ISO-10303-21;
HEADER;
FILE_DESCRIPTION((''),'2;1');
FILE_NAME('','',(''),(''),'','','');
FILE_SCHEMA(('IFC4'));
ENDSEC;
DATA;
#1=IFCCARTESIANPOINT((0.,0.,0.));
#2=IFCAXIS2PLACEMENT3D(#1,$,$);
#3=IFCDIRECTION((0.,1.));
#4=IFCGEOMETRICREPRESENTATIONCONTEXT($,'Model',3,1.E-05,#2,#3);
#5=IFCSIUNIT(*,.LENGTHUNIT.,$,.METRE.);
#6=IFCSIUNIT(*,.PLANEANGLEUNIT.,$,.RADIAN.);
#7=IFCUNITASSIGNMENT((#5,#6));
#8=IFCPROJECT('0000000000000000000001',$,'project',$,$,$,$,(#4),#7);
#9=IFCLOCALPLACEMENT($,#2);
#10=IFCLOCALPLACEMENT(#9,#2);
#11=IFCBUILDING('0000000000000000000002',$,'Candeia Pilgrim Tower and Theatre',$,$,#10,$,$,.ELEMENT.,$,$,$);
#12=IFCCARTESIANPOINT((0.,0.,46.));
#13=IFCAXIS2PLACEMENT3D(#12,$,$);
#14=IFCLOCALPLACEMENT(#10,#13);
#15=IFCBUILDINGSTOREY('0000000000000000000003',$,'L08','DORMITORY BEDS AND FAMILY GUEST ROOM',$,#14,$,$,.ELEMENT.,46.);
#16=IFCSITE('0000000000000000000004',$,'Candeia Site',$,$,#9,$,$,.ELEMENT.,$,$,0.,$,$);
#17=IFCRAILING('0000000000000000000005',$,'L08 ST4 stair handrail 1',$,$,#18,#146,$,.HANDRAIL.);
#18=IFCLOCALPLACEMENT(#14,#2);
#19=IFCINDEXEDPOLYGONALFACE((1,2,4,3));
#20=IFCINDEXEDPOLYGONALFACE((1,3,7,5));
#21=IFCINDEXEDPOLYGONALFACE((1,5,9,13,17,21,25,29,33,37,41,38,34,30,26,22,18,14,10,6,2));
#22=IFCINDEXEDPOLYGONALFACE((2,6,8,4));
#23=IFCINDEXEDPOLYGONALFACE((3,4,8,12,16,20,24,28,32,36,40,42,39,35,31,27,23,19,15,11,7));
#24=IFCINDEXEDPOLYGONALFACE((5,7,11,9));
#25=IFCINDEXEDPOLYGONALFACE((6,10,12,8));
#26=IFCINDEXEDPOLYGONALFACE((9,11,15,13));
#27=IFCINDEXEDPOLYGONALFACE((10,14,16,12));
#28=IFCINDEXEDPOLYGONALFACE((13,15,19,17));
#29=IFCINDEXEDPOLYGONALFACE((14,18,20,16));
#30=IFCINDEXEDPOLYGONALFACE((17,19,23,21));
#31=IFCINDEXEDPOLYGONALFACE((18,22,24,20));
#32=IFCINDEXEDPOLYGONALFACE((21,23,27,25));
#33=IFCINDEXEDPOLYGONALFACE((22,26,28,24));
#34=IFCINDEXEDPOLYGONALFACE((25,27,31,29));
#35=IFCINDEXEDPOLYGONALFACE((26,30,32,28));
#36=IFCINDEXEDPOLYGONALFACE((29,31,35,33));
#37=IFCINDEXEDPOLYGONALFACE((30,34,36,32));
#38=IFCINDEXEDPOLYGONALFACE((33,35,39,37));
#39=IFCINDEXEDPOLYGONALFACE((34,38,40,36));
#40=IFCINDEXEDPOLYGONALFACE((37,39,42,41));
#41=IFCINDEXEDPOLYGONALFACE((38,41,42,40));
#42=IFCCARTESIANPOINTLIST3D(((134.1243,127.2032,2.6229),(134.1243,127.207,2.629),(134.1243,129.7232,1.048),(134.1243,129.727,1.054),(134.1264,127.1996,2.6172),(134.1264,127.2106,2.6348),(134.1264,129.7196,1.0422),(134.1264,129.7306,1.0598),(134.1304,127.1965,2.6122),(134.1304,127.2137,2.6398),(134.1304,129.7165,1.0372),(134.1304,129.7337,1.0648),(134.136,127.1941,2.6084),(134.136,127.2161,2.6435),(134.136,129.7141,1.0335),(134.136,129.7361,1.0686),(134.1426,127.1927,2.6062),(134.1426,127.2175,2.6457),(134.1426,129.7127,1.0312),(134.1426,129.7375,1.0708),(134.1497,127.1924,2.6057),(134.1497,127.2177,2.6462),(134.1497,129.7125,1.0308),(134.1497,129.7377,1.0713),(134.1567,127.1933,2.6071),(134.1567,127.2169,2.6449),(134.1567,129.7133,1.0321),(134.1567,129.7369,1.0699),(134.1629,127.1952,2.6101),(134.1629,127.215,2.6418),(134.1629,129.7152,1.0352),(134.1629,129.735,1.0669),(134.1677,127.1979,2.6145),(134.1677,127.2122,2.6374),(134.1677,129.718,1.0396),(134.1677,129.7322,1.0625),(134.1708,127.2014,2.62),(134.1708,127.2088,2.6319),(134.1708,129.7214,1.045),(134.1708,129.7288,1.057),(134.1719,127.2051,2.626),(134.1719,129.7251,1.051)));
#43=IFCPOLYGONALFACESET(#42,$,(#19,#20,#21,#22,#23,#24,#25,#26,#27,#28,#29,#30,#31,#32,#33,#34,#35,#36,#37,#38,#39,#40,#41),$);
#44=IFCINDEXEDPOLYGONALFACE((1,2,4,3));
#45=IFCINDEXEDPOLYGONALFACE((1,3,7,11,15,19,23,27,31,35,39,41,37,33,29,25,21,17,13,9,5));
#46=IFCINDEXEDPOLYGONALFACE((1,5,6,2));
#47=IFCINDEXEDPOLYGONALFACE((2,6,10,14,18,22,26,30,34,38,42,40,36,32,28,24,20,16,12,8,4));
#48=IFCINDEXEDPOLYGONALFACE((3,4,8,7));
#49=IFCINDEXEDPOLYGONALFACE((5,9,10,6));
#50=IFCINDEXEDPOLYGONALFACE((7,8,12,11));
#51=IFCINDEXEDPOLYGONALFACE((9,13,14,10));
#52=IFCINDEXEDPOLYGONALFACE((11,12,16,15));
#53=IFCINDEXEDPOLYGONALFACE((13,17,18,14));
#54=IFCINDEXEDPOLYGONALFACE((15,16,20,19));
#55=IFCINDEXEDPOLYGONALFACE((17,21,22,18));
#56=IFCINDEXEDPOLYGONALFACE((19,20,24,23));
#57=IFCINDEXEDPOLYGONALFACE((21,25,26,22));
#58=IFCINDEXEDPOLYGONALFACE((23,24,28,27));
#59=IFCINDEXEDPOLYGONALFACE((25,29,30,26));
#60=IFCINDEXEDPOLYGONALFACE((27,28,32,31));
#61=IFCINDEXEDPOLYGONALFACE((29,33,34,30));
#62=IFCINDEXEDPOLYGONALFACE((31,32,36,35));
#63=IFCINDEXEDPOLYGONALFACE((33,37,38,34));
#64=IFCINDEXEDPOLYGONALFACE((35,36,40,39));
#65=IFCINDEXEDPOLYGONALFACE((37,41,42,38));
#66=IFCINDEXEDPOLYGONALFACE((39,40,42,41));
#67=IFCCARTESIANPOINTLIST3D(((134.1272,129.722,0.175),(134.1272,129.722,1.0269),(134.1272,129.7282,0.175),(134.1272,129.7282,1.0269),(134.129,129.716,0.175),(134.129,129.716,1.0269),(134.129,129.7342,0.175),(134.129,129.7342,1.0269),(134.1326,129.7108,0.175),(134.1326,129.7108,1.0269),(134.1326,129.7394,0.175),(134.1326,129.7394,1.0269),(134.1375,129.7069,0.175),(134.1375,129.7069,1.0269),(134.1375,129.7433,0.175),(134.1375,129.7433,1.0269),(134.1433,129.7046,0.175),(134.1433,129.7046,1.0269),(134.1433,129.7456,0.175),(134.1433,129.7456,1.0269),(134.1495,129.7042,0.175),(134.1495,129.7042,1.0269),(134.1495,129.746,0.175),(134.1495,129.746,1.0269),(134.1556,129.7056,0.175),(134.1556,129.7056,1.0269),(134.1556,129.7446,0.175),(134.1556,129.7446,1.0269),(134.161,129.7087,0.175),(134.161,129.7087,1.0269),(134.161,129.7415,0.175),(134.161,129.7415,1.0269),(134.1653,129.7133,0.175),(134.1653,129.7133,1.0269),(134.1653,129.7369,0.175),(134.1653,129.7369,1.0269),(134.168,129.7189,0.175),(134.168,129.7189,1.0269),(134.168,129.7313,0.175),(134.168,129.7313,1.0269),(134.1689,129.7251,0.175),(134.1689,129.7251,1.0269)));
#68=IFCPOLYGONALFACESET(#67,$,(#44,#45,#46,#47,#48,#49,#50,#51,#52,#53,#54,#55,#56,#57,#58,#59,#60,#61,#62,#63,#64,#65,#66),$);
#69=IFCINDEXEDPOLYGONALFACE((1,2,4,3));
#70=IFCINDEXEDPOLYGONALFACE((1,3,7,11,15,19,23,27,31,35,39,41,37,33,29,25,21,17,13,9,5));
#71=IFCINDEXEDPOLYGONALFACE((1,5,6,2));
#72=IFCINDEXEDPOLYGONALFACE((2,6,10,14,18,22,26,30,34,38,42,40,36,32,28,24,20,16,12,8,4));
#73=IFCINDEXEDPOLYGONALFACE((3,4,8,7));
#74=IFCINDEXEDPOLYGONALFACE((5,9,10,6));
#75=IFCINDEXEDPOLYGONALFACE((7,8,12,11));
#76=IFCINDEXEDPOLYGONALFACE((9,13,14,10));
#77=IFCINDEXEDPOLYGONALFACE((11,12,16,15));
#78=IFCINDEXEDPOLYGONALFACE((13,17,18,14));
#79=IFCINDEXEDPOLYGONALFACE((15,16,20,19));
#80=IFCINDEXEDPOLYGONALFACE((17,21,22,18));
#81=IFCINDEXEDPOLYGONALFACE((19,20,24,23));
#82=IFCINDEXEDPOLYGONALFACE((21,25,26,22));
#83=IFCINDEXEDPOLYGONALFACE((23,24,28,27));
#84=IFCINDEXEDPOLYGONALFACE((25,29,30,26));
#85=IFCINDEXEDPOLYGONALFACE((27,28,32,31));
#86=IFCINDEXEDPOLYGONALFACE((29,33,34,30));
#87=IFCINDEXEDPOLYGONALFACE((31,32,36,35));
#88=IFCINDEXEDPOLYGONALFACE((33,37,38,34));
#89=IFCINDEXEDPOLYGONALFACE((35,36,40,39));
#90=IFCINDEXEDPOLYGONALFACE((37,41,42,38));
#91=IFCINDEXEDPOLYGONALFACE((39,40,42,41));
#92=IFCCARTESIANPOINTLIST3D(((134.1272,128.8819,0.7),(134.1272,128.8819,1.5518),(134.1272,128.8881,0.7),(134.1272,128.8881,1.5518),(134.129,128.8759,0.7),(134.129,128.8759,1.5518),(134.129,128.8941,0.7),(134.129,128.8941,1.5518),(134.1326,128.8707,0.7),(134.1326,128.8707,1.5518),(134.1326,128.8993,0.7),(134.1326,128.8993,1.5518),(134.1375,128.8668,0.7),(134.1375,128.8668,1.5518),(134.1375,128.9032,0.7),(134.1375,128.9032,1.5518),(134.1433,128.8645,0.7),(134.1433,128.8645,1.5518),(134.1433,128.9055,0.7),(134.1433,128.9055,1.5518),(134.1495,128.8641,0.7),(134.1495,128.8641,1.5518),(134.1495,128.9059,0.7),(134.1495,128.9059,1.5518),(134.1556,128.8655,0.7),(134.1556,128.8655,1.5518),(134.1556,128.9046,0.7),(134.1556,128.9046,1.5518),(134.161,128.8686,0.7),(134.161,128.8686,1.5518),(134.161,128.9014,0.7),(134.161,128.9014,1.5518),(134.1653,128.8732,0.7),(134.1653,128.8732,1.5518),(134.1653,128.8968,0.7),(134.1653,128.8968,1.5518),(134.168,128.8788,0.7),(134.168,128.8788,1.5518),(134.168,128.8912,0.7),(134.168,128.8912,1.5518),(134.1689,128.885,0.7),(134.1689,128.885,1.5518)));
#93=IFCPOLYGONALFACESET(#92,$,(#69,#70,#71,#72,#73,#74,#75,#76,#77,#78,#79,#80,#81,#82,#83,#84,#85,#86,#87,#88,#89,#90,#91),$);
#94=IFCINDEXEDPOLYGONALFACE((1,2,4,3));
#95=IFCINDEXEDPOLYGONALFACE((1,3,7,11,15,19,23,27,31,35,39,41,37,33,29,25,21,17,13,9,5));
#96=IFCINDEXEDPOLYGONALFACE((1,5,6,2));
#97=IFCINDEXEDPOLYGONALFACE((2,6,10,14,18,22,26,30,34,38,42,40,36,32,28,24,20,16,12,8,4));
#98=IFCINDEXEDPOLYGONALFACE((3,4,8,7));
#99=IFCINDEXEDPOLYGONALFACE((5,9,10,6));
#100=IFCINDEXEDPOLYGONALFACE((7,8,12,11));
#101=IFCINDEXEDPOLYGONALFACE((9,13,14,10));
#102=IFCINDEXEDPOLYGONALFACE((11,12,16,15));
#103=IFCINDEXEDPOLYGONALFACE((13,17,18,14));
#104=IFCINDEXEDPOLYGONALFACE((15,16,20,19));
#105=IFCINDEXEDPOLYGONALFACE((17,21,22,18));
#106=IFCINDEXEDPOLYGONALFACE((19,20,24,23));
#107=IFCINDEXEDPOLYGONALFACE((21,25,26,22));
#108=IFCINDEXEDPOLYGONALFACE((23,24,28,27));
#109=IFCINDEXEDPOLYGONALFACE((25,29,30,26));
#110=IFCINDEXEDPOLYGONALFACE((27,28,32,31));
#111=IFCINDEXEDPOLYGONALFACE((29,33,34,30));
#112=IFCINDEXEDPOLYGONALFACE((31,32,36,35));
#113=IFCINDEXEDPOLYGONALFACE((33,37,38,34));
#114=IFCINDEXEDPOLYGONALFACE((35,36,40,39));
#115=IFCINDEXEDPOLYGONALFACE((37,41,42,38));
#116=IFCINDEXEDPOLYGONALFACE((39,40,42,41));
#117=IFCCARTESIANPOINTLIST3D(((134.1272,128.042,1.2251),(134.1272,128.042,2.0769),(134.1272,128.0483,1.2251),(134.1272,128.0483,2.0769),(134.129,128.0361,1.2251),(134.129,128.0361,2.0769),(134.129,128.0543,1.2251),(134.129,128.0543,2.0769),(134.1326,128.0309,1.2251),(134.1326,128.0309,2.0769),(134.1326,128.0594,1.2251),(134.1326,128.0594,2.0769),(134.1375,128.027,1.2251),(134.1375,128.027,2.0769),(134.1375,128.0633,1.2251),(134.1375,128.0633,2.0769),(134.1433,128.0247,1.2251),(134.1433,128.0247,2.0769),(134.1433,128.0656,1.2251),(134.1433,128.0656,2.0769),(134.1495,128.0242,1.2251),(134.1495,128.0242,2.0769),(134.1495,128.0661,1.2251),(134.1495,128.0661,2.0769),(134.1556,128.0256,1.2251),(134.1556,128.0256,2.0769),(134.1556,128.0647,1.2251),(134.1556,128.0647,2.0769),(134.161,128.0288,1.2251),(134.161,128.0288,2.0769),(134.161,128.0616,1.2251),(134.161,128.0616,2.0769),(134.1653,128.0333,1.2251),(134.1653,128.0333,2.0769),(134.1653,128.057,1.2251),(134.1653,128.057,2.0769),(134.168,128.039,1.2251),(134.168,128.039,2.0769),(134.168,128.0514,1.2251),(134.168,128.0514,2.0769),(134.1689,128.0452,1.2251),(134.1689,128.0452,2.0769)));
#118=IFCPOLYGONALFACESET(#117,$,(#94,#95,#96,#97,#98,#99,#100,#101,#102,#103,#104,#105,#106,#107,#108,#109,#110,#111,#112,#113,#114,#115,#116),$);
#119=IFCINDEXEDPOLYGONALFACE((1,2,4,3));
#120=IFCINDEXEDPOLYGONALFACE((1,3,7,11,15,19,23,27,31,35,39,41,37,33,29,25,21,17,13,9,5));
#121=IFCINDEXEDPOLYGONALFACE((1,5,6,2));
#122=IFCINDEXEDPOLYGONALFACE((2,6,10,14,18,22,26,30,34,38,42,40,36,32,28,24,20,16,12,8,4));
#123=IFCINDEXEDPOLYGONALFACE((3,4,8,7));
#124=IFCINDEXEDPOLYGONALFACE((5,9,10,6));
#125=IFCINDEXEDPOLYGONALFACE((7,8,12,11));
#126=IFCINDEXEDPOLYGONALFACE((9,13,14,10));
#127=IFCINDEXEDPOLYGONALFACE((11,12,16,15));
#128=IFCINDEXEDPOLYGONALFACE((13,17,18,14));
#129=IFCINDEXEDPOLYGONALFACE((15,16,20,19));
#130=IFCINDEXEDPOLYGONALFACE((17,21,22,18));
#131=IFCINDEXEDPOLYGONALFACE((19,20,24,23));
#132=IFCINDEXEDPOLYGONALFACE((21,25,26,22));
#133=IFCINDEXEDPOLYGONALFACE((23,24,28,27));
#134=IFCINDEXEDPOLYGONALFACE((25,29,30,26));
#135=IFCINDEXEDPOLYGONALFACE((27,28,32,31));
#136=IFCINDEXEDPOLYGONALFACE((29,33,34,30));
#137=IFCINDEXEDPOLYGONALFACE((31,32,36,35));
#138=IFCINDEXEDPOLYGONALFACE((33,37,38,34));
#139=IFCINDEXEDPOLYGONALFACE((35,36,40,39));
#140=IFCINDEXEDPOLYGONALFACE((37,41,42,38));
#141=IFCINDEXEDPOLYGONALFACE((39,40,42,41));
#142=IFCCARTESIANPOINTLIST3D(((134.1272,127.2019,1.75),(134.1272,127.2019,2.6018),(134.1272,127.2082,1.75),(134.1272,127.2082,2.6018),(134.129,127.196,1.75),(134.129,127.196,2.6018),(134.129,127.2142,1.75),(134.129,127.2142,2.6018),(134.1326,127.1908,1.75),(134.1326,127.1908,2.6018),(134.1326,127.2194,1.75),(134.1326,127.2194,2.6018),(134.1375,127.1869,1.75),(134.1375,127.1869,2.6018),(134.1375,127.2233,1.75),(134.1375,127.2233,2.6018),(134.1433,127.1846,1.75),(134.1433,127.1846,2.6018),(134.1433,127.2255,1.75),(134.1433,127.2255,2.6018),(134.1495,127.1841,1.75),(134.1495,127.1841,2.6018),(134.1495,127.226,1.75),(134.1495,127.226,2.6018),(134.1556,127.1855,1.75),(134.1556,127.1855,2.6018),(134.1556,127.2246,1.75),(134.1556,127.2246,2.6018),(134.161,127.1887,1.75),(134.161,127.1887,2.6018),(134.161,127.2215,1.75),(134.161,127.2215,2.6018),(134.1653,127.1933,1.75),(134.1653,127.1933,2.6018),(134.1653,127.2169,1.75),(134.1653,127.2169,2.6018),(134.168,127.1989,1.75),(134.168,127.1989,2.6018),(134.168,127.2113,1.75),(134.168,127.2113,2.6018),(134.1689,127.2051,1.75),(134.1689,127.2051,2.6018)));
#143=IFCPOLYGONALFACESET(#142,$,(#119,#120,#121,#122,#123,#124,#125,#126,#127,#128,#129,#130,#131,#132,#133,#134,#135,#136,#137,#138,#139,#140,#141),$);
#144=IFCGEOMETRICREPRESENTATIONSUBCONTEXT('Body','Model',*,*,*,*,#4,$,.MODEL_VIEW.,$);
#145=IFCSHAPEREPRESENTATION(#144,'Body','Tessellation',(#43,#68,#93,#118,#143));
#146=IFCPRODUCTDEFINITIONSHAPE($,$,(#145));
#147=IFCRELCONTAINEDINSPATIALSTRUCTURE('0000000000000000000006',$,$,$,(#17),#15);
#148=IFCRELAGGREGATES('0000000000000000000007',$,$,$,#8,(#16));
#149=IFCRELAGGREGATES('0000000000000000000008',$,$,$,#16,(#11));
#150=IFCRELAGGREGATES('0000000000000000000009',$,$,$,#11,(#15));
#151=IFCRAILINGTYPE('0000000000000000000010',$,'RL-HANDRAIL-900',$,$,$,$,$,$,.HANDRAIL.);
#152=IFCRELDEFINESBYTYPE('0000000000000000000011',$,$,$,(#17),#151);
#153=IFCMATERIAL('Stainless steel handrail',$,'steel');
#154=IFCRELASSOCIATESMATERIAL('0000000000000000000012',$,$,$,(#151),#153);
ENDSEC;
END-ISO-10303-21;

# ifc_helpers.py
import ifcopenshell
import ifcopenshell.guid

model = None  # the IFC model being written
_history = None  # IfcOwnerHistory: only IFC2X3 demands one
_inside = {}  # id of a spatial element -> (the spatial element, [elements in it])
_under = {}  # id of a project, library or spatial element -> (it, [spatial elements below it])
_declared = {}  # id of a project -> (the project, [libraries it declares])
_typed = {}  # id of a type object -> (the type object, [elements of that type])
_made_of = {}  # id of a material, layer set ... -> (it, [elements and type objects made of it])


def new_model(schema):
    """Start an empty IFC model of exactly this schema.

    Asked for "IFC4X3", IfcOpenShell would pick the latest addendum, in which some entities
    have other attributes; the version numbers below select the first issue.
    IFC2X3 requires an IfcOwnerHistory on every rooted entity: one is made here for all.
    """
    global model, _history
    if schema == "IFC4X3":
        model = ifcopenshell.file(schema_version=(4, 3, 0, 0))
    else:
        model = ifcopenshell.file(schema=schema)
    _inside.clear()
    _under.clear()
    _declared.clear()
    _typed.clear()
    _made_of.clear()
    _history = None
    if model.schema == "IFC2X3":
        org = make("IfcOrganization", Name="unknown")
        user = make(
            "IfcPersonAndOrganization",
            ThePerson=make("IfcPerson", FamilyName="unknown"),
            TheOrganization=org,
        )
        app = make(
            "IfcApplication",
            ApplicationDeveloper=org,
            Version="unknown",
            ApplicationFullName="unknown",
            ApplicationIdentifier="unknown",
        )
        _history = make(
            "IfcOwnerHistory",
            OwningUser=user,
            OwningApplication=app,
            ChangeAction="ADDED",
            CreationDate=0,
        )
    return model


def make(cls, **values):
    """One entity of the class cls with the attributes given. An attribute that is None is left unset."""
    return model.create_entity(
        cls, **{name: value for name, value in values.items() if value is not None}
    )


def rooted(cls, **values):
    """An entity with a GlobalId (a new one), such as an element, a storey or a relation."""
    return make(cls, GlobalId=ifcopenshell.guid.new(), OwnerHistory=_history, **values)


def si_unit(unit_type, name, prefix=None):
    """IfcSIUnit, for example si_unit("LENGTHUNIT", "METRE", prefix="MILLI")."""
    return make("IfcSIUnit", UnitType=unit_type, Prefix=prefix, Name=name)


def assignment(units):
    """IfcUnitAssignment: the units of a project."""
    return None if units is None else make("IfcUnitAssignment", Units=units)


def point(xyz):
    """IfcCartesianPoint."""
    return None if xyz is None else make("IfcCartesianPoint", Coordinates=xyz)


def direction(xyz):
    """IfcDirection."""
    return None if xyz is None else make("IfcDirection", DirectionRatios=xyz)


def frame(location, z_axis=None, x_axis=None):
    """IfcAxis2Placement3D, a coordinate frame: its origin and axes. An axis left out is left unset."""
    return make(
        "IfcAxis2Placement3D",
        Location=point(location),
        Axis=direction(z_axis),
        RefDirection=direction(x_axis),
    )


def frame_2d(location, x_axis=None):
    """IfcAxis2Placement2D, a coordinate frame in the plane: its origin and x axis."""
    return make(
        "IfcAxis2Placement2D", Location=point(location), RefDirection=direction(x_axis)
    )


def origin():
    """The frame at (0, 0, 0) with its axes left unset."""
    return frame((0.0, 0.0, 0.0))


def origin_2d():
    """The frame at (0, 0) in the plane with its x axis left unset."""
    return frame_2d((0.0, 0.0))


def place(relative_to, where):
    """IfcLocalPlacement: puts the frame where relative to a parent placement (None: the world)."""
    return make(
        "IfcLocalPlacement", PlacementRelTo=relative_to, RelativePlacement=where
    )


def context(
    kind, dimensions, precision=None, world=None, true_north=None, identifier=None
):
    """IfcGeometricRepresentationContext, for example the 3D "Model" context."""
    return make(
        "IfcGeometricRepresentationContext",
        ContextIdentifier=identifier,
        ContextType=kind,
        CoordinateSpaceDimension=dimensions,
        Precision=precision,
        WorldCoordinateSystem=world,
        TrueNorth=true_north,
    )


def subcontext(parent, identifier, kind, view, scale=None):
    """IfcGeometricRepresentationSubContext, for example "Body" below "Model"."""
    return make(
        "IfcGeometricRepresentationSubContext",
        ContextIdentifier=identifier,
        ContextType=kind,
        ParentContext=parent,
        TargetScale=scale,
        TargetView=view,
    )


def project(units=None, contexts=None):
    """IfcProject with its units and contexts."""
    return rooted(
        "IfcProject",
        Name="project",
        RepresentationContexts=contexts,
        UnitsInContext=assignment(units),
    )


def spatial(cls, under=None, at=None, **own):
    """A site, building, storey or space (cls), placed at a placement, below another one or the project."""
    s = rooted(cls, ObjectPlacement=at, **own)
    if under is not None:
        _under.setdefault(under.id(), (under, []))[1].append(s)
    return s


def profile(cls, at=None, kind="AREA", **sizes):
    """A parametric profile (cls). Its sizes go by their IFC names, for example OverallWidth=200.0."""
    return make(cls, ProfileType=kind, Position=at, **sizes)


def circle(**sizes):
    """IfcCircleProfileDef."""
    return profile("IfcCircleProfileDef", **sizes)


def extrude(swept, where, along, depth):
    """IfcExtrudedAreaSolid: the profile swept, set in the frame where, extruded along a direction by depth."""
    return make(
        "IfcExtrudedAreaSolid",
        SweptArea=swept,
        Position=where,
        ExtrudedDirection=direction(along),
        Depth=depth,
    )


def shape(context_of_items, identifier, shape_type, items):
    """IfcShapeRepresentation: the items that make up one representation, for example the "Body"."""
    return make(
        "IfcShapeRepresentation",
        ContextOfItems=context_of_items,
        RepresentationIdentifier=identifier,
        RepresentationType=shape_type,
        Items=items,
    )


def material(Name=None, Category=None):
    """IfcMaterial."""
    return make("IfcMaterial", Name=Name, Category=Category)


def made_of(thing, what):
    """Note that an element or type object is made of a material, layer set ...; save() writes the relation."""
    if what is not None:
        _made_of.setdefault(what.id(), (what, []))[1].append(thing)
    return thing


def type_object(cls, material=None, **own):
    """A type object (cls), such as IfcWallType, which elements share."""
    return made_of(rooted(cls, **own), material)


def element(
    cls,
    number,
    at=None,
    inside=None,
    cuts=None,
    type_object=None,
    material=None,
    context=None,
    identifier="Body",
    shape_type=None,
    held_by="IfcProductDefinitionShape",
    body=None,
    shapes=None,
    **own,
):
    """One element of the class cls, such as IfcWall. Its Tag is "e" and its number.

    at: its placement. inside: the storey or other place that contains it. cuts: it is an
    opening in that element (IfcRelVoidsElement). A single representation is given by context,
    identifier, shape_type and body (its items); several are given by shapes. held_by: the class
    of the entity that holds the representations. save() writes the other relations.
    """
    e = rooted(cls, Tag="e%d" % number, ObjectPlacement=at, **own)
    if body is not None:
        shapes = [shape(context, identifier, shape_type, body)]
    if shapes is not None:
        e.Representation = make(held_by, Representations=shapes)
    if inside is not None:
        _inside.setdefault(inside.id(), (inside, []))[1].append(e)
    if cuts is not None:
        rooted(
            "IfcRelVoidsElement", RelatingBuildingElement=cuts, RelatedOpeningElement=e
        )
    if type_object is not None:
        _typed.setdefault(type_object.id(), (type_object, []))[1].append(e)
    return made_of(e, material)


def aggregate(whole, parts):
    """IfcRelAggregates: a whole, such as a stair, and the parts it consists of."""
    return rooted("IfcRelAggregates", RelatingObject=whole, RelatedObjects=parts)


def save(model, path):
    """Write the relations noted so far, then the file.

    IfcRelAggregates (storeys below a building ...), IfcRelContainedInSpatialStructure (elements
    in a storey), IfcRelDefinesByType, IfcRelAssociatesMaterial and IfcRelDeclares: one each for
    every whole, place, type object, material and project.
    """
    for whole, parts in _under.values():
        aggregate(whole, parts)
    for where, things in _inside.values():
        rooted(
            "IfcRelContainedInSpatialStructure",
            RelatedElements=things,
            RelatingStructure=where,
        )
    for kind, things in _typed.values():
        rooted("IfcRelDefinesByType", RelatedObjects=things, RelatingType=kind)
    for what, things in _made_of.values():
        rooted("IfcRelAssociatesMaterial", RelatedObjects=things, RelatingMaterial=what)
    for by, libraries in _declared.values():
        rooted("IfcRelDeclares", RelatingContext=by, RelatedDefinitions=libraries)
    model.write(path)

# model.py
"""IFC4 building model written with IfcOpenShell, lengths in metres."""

from ifc_helpers import new_model, si_unit, direction, frame, origin, origin_2d, place, context, subcontext, project, spatial, circle, extrude, material, type_object, element, save


model = new_model("IFC4")

# Units and contexts
model_context = context("Model", 3, precision=1e-05, world=origin(), true_north=direction((0.0, 1.0)))
body_context = subcontext(model_context, "Body", "Model", "MODEL_VIEW")
ifc_project = project(units=[si_unit("LENGTHUNIT", "METRE"), si_unit("PLANEANGLEUNIT", "RADIAN")], contexts=[model_context])

# Site, building, storey
site_placement = place(None, origin())
site = spatial("IfcSite", under=ifc_project, at=site_placement, Name="Candeia Site", CompositionType="ELEMENT", RefElevation=0.0)
building_placement = place(site_placement, origin())
building = spatial("IfcBuilding", under=site, at=building_placement, Name="Candeia Pilgrim Tower and Theatre", CompositionType="ELEMENT")
storey_placement = place(building_placement, frame((0.0, 0.0, 46.0)))
storey = spatial("IfcBuildingStorey", under=building, at=storey_placement, Name="L08", Description="DORMITORY BEDS AND FAMILY GUEST ROOM", CompositionType="ELEMENT", Elevation=46.0)

# Railing
ifc_material_1 = material(Name="Stainless steel handrail", Category="steel")
railing_type_1 = type_object("IfcRailingType", Name="RL-HANDRAIL-900", PredefinedType="HANDRAIL", material=ifc_material_1)
railing_1_placement = place(storey_placement, frame((134.1479, 129.7251, 0.175)))
element("IfcRailing", 1, at=railing_1_placement, inside=storey, type_object=railing_type_1, Name="L08 ST4 stair handrail 1", PredefinedType="HANDRAIL", context=body_context, shape_type="SweptSolid", body=[
    extrude(circle(Radius=0.0239, at=origin_2d()), frame((0.0, 0.0, 0.876), z_axis=(0.0, -0.848008, 0.529984), x_axis=(1.0, 0.0, 0.0)), (0.0, 0.0, 1.0), 2.9717),
    extrude(circle(Radius=0.021, at=origin_2d()), origin(), (0.0, 0.0, 1.0), 0.8518),
    extrude(circle(Radius=0.021, at=origin_2d()), frame((0.0, -0.8401, 0.5249)), (0.0, 0.0, 1.0), 0.8518),
    extrude(circle(Radius=0.021, at=origin_2d()), frame((0.0, -1.6799, 1.05)), (0.0, 0.0, 1.0), 0.8518),
    extrude(circle(Radius=0.021, at=origin_2d()), frame((0.0, -2.52, 1.575)), (0.0, 0.0, 1.0), 0.8518),
])

save(model, "model.ifc")
